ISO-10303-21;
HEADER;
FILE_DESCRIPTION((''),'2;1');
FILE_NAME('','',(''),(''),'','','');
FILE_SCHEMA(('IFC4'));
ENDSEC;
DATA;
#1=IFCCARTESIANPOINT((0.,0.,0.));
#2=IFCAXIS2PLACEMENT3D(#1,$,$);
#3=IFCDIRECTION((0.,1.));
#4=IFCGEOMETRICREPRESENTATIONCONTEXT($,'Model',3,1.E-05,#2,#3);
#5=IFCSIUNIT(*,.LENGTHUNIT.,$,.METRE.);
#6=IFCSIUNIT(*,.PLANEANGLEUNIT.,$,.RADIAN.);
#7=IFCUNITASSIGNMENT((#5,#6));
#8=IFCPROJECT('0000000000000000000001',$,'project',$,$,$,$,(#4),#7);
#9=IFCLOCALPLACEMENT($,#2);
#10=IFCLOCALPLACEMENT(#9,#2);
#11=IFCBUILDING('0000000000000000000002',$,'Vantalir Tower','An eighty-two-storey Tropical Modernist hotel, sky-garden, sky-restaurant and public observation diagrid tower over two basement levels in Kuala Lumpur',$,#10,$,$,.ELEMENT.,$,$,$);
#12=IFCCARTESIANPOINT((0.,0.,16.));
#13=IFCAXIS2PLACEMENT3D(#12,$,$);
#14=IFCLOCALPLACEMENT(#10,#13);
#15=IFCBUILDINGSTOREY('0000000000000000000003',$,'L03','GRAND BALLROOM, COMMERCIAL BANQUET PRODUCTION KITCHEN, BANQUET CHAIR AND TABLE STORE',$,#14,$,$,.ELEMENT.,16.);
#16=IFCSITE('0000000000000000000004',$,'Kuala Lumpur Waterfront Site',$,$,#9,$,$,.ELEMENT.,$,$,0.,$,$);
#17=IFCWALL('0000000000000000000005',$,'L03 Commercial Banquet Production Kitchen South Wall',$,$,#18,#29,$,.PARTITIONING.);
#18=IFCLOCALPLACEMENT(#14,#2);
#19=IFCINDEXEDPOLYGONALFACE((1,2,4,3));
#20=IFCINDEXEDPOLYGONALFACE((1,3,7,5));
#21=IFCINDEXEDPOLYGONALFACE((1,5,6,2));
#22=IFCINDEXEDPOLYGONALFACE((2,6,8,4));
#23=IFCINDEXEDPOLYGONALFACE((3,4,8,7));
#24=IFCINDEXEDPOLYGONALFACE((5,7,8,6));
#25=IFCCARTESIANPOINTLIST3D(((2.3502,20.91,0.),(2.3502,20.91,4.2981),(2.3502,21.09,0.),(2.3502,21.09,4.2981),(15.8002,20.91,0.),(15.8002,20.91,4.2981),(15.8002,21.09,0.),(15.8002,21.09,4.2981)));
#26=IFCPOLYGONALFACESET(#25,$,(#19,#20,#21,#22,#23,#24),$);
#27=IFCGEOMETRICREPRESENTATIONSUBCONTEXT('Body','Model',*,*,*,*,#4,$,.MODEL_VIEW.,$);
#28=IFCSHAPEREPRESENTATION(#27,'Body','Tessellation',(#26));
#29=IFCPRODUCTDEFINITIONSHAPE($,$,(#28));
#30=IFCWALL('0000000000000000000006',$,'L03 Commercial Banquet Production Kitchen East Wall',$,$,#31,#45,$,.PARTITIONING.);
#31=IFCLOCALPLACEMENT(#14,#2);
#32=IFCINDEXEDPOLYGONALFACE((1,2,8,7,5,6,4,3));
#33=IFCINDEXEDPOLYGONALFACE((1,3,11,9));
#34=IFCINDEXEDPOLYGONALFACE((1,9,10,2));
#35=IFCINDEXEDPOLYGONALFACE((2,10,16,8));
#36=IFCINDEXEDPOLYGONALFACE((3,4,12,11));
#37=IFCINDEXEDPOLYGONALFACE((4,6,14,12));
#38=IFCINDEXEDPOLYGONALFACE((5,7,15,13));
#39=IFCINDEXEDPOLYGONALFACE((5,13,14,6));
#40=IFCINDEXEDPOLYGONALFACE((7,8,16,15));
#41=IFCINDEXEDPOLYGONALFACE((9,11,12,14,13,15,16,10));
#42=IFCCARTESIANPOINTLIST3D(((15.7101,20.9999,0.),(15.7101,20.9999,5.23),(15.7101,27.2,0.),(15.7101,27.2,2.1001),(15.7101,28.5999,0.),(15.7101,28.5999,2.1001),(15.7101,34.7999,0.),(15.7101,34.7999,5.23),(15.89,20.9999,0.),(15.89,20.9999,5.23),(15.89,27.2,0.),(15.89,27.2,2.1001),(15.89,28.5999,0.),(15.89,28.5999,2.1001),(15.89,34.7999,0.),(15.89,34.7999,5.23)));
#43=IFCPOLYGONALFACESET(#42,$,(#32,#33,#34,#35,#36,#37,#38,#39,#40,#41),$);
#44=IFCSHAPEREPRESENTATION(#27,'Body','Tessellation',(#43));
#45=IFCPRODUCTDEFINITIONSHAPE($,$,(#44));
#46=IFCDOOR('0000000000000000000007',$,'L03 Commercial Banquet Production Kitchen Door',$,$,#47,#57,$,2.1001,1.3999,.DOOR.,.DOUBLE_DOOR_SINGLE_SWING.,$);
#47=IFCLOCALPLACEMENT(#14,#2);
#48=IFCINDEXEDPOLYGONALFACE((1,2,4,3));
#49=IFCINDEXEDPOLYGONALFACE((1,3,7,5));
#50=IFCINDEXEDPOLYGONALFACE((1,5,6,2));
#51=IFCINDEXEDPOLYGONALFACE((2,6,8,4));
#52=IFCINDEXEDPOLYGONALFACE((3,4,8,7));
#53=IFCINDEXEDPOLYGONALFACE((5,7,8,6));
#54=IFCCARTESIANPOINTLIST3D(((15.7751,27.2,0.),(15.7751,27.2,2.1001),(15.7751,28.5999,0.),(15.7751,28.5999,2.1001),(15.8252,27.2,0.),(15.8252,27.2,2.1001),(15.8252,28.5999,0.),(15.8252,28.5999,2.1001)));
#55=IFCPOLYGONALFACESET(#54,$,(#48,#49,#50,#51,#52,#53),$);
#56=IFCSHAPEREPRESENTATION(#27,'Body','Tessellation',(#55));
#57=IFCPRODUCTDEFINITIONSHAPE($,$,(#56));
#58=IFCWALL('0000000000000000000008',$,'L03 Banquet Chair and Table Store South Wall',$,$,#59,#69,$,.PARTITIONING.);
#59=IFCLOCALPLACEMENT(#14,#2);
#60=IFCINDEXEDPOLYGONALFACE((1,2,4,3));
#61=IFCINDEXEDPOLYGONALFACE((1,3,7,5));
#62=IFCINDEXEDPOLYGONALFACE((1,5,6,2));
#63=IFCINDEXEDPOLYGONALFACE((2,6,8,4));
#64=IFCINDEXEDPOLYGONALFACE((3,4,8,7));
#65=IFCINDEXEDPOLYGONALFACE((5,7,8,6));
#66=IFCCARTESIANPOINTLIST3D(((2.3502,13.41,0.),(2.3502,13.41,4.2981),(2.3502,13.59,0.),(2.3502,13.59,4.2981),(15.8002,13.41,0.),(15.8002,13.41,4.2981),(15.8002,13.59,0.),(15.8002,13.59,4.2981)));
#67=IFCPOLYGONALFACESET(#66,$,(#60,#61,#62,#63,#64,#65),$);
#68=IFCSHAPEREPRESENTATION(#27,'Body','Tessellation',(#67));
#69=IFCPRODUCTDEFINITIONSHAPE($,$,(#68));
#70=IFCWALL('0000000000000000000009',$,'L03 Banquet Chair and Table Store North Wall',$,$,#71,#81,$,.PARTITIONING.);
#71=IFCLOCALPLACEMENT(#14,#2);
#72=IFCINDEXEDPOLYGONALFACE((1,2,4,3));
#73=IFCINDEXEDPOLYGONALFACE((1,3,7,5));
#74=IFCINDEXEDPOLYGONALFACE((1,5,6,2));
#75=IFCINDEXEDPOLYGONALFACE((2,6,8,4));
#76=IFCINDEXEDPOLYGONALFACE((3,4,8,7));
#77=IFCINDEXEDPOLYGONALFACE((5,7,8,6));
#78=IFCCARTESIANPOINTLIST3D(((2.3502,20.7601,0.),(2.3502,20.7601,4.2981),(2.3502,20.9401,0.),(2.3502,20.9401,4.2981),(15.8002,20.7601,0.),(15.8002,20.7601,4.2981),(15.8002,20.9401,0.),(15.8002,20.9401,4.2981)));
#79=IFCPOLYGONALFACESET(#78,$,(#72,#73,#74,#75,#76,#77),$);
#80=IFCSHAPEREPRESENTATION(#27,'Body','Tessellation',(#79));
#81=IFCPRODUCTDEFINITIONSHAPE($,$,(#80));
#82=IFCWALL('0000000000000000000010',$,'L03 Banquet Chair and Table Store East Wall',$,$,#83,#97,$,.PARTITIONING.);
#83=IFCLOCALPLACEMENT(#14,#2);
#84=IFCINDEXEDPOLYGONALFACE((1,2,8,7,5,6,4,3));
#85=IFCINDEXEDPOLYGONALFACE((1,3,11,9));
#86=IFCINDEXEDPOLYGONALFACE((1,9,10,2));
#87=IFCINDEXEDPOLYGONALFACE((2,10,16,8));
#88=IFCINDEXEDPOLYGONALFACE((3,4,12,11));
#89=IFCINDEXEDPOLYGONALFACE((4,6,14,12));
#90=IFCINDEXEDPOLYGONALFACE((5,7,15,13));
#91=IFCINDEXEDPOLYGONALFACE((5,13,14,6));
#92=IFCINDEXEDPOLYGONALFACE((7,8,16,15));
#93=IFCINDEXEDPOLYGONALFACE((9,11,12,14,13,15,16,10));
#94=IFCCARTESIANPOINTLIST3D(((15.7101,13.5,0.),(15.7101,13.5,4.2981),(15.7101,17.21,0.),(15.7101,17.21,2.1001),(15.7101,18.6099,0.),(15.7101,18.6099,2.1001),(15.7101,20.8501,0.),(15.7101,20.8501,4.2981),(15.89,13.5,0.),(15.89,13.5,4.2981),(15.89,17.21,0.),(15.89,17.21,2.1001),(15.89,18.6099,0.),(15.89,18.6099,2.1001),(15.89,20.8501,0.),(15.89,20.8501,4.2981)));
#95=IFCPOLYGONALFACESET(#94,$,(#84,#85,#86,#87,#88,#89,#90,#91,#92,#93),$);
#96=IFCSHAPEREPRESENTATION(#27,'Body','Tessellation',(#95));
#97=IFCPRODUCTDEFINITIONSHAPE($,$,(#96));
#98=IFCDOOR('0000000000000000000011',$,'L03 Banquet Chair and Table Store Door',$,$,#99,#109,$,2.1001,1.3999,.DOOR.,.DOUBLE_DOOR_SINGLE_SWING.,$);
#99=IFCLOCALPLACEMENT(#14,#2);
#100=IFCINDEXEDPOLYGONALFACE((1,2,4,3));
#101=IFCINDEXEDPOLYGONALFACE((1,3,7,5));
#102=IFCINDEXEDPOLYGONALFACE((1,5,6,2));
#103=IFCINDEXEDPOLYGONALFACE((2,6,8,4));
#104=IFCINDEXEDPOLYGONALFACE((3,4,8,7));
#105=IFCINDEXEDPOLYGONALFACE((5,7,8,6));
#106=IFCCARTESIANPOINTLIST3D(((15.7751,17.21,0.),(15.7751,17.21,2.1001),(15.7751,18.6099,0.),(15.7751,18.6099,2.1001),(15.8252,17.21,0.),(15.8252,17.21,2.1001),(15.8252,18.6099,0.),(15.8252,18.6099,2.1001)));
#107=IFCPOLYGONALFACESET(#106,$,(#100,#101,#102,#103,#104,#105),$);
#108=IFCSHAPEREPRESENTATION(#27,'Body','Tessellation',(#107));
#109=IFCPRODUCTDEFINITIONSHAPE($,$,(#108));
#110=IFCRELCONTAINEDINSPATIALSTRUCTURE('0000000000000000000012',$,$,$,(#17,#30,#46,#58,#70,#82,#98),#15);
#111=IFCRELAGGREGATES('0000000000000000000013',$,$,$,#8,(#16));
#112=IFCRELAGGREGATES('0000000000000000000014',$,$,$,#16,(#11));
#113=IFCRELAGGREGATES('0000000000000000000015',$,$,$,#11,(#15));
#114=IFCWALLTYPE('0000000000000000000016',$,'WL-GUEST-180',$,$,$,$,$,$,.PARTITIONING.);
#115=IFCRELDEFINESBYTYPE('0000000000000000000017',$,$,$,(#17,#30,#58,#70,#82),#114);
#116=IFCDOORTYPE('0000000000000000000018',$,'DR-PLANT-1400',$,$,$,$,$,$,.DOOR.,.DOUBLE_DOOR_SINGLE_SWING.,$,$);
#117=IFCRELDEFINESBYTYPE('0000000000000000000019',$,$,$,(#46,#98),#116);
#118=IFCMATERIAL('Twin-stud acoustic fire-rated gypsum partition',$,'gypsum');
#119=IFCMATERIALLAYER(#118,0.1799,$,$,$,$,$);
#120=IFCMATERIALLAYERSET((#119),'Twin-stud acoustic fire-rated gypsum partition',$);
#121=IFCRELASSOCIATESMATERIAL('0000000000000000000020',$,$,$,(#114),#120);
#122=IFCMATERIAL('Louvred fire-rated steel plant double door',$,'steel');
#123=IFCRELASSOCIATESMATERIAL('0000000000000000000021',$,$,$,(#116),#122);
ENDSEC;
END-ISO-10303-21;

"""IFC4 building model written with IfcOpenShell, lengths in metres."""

from ifc_helpers import new_model, si_unit, direction, frame, frame_2d, origin, place, context, subcontext, project, spatial, rectangle, extrude, material, layer, layer_set, type_object, element, fill, save


model = new_model("IFC4")

# Units and contexts
model_context = context("Model", 3, precision=1e-05, world=origin(), true_north=direction((0.0, 1.0)))
body_context = subcontext(model_context, "Body", "Model", "MODEL_VIEW")
ifc_project = project(units=[si_unit("LENGTHUNIT", "METRE"), si_unit("PLANEANGLEUNIT", "RADIAN")], contexts=[model_context])

# Site, building, storey
site_placement = place(None, origin())
site = spatial("IfcSite", under=ifc_project, at=site_placement, Name="Kuala Lumpur Waterfront Site", CompositionType="ELEMENT", RefElevation=0.0)
building_placement = place(site_placement, origin())
building = spatial("IfcBuilding", under=site, at=building_placement, Name="Vantalir Tower", Description="An eighty-two-storey Tropical Modernist hotel, sky-garden, sky-restaurant and public observation diagrid tower over two basement levels in Kuala Lumpur", CompositionType="ELEMENT")
storey_placement = place(building_placement, frame((0.0, 0.0, 16.0)))
storey = spatial("IfcBuildingStorey", under=building, at=storey_placement, Name="L03", Description="GRAND BALLROOM, COMMERCIAL BANQUET PRODUCTION KITCHEN, BANQUET CHAIR AND TABLE STORE", CompositionType="ELEMENT", Elevation=16.0)

# Wall
ifc_material_1 = material(Name="Twin-stud acoustic fire-rated gypsum partition", Category="gypsum")
ifc_layer_1 = layer(ifc_material_1, 0.1799)
ifc_layer_set_1 = layer_set([ifc_layer_1], Name="Twin-stud acoustic fire-rated gypsum partition")
wall_type_1 = type_object("IfcWallType", Name="WL-GUEST-180", PredefinedType="PARTITIONING", material=ifc_layer_set_1)
wall_1_placement = place(storey_placement, frame((2.3501, 21.0, 0.0), z_axis=(0.0, 0.0, 1.0), x_axis=(1.0, 0.0, 0.0)))
element("IfcWall", 1, at=wall_1_placement, inside=storey, type_object=wall_type_1, Name="L03 Commercial Banquet Production Kitchen South Wall", PredefinedType="PARTITIONING", context=body_context, shape_type="SweptSolid", body=[
    extrude(rectangle(XDim=13.45, YDim=0.1799, at=frame_2d((6.7251, 0.0))), origin(), (0.0, 0.0, 1.0), 4.2981),
])

# Wall, opening, door
wall_2_placement = place(storey_placement, frame((15.8, 21.0, 0.0), z_axis=(0.0, 0.0, 1.0), x_axis=(0.0, 1.0, 0.0)))
wall_2 = element("IfcWall", 2, at=wall_2_placement, inside=storey, type_object=wall_type_1, Name="L03 Commercial Banquet Production Kitchen East Wall", PredefinedType="PARTITIONING", context=body_context, shape_type="SweptSolid", body=[
    extrude(rectangle(XDim=13.8, YDim=0.1799, at=frame_2d((6.8999, 0.0))), origin(), (0.0, 0.0, 1.0), 5.23),
])
opening_1_placement = place(wall_2_placement, frame((6.2, 0.0, 0.0)))
opening_1 = element("IfcOpeningElement", 3, at=opening_1_placement, cuts=wall_2, PredefinedType="OPENING", context=body_context, shape_type="SweptSolid", body=[
    extrude(rectangle(XDim=1.3999, YDim=2.1001, at=frame_2d((0.7, 1.05))), frame((0.0, 0.0999, 0.0), z_axis=(0.0, -1.0, 0.0), x_axis=(1.0, 0.0, 0.0)), (0.0, 0.0, 1.0), 0.2),
])
ifc_material_2 = material(Name="Louvred fire-rated steel plant double door", Category="steel")
door_type = type_object("IfcDoorType", Name="DR-PLANT-1400", OperationType="DOUBLE_DOOR_SINGLE_SWING", PredefinedType="DOOR", material=ifc_material_2)
door_1_placement = place(opening_1_placement, origin())
door_1 = element("IfcDoor", 4, at=door_1_placement, inside=storey, type_object=door_type, Name="L03 Commercial Banquet Production Kitchen Door", OperationType="DOUBLE_DOOR_SINGLE_SWING", OverallHeight=2.1001, OverallWidth=1.3999, PredefinedType="DOOR", context=body_context, shape_type="SweptSolid", body=[
    extrude(rectangle(XDim=1.3999, YDim=2.1001, at=frame_2d((0.7, 1.05))), frame((0.0, 0.0249, 0.0), z_axis=(0.0, -1.0, 0.0), x_axis=(1.0, 0.0, 0.0)), (0.0, 0.0, 1.0), 0.05),
])
fill(opening_1, door_1)

# Walls
for number, where, z_axis, x_axis, name in (
    (5, (2.3501, 13.5, 0.0), (0.0, 0.0, 1.0), (1.0, 0.0, 0.0), "L03 Banquet Chair and Table Store South Wall"),
    (6, (2.3501, 20.8501, 0.0), (0.0, 0.0, 1.0), (1.0, 0.0, 0.0), "L03 Banquet Chair and Table Store North Wall"),
):
    element("IfcWall", number, at=place(storey_placement, frame(where, z_axis=z_axis, x_axis=x_axis)), inside=storey, type_object=wall_type_1, Name=name, PredefinedType="PARTITIONING", context=body_context, shape_type="SweptSolid", body=[
        extrude(rectangle(XDim=13.45, YDim=0.1799, at=frame_2d((6.7251, 0.0))), origin(), (0.0, 0.0, 1.0), 4.2981),
    ])

# Wall, opening, door
wall_3_placement = place(storey_placement, frame((15.8, 13.5, 0.0), z_axis=(0.0, 0.0, 1.0), x_axis=(0.0, 1.0, 0.0)))
wall_3 = element("IfcWall", 7, at=wall_3_placement, inside=storey, type_object=wall_type_1, Name="L03 Banquet Chair and Table Store East Wall", PredefinedType="PARTITIONING", context=body_context, shape_type="SweptSolid", body=[
    extrude(rectangle(XDim=7.3501, YDim=0.1799, at=frame_2d((3.675, 0.0))), origin(), (0.0, 0.0, 1.0), 4.2981),
])
opening_2_placement = place(wall_3_placement, frame((3.71, 0.0, 0.0)))
opening_2 = element("IfcOpeningElement", 8, at=opening_2_placement, cuts=wall_3, PredefinedType="OPENING", context=body_context, shape_type="SweptSolid", body=[
    extrude(rectangle(XDim=1.3999, YDim=2.1001, at=frame_2d((0.7, 1.05))), frame((0.0, 0.0999, 0.0), z_axis=(0.0, -1.0, 0.0), x_axis=(1.0, 0.0, 0.0)), (0.0, 0.0, 1.0), 0.2),
])
door_2_placement = place(opening_2_placement, origin())
door_2 = element("IfcDoor", 9, at=door_2_placement, inside=storey, type_object=door_type, Name="L03 Banquet Chair and Table Store Door", OperationType="DOUBLE_DOOR_SINGLE_SWING", OverallHeight=2.1001, OverallWidth=1.3999, PredefinedType="DOOR", context=body_context, shape_type="SweptSolid", body=[
    extrude(rectangle(XDim=1.3999, YDim=2.1001, at=frame_2d((0.7, 1.05))), frame((0.0, 0.0249, 0.0), z_axis=(0.0, -1.0, 0.0), x_axis=(1.0, 0.0, 0.0)), (0.0, 0.0, 1.0), 0.05),
])
fill(opening_2, door_2)

save(model, "model.ifc")
